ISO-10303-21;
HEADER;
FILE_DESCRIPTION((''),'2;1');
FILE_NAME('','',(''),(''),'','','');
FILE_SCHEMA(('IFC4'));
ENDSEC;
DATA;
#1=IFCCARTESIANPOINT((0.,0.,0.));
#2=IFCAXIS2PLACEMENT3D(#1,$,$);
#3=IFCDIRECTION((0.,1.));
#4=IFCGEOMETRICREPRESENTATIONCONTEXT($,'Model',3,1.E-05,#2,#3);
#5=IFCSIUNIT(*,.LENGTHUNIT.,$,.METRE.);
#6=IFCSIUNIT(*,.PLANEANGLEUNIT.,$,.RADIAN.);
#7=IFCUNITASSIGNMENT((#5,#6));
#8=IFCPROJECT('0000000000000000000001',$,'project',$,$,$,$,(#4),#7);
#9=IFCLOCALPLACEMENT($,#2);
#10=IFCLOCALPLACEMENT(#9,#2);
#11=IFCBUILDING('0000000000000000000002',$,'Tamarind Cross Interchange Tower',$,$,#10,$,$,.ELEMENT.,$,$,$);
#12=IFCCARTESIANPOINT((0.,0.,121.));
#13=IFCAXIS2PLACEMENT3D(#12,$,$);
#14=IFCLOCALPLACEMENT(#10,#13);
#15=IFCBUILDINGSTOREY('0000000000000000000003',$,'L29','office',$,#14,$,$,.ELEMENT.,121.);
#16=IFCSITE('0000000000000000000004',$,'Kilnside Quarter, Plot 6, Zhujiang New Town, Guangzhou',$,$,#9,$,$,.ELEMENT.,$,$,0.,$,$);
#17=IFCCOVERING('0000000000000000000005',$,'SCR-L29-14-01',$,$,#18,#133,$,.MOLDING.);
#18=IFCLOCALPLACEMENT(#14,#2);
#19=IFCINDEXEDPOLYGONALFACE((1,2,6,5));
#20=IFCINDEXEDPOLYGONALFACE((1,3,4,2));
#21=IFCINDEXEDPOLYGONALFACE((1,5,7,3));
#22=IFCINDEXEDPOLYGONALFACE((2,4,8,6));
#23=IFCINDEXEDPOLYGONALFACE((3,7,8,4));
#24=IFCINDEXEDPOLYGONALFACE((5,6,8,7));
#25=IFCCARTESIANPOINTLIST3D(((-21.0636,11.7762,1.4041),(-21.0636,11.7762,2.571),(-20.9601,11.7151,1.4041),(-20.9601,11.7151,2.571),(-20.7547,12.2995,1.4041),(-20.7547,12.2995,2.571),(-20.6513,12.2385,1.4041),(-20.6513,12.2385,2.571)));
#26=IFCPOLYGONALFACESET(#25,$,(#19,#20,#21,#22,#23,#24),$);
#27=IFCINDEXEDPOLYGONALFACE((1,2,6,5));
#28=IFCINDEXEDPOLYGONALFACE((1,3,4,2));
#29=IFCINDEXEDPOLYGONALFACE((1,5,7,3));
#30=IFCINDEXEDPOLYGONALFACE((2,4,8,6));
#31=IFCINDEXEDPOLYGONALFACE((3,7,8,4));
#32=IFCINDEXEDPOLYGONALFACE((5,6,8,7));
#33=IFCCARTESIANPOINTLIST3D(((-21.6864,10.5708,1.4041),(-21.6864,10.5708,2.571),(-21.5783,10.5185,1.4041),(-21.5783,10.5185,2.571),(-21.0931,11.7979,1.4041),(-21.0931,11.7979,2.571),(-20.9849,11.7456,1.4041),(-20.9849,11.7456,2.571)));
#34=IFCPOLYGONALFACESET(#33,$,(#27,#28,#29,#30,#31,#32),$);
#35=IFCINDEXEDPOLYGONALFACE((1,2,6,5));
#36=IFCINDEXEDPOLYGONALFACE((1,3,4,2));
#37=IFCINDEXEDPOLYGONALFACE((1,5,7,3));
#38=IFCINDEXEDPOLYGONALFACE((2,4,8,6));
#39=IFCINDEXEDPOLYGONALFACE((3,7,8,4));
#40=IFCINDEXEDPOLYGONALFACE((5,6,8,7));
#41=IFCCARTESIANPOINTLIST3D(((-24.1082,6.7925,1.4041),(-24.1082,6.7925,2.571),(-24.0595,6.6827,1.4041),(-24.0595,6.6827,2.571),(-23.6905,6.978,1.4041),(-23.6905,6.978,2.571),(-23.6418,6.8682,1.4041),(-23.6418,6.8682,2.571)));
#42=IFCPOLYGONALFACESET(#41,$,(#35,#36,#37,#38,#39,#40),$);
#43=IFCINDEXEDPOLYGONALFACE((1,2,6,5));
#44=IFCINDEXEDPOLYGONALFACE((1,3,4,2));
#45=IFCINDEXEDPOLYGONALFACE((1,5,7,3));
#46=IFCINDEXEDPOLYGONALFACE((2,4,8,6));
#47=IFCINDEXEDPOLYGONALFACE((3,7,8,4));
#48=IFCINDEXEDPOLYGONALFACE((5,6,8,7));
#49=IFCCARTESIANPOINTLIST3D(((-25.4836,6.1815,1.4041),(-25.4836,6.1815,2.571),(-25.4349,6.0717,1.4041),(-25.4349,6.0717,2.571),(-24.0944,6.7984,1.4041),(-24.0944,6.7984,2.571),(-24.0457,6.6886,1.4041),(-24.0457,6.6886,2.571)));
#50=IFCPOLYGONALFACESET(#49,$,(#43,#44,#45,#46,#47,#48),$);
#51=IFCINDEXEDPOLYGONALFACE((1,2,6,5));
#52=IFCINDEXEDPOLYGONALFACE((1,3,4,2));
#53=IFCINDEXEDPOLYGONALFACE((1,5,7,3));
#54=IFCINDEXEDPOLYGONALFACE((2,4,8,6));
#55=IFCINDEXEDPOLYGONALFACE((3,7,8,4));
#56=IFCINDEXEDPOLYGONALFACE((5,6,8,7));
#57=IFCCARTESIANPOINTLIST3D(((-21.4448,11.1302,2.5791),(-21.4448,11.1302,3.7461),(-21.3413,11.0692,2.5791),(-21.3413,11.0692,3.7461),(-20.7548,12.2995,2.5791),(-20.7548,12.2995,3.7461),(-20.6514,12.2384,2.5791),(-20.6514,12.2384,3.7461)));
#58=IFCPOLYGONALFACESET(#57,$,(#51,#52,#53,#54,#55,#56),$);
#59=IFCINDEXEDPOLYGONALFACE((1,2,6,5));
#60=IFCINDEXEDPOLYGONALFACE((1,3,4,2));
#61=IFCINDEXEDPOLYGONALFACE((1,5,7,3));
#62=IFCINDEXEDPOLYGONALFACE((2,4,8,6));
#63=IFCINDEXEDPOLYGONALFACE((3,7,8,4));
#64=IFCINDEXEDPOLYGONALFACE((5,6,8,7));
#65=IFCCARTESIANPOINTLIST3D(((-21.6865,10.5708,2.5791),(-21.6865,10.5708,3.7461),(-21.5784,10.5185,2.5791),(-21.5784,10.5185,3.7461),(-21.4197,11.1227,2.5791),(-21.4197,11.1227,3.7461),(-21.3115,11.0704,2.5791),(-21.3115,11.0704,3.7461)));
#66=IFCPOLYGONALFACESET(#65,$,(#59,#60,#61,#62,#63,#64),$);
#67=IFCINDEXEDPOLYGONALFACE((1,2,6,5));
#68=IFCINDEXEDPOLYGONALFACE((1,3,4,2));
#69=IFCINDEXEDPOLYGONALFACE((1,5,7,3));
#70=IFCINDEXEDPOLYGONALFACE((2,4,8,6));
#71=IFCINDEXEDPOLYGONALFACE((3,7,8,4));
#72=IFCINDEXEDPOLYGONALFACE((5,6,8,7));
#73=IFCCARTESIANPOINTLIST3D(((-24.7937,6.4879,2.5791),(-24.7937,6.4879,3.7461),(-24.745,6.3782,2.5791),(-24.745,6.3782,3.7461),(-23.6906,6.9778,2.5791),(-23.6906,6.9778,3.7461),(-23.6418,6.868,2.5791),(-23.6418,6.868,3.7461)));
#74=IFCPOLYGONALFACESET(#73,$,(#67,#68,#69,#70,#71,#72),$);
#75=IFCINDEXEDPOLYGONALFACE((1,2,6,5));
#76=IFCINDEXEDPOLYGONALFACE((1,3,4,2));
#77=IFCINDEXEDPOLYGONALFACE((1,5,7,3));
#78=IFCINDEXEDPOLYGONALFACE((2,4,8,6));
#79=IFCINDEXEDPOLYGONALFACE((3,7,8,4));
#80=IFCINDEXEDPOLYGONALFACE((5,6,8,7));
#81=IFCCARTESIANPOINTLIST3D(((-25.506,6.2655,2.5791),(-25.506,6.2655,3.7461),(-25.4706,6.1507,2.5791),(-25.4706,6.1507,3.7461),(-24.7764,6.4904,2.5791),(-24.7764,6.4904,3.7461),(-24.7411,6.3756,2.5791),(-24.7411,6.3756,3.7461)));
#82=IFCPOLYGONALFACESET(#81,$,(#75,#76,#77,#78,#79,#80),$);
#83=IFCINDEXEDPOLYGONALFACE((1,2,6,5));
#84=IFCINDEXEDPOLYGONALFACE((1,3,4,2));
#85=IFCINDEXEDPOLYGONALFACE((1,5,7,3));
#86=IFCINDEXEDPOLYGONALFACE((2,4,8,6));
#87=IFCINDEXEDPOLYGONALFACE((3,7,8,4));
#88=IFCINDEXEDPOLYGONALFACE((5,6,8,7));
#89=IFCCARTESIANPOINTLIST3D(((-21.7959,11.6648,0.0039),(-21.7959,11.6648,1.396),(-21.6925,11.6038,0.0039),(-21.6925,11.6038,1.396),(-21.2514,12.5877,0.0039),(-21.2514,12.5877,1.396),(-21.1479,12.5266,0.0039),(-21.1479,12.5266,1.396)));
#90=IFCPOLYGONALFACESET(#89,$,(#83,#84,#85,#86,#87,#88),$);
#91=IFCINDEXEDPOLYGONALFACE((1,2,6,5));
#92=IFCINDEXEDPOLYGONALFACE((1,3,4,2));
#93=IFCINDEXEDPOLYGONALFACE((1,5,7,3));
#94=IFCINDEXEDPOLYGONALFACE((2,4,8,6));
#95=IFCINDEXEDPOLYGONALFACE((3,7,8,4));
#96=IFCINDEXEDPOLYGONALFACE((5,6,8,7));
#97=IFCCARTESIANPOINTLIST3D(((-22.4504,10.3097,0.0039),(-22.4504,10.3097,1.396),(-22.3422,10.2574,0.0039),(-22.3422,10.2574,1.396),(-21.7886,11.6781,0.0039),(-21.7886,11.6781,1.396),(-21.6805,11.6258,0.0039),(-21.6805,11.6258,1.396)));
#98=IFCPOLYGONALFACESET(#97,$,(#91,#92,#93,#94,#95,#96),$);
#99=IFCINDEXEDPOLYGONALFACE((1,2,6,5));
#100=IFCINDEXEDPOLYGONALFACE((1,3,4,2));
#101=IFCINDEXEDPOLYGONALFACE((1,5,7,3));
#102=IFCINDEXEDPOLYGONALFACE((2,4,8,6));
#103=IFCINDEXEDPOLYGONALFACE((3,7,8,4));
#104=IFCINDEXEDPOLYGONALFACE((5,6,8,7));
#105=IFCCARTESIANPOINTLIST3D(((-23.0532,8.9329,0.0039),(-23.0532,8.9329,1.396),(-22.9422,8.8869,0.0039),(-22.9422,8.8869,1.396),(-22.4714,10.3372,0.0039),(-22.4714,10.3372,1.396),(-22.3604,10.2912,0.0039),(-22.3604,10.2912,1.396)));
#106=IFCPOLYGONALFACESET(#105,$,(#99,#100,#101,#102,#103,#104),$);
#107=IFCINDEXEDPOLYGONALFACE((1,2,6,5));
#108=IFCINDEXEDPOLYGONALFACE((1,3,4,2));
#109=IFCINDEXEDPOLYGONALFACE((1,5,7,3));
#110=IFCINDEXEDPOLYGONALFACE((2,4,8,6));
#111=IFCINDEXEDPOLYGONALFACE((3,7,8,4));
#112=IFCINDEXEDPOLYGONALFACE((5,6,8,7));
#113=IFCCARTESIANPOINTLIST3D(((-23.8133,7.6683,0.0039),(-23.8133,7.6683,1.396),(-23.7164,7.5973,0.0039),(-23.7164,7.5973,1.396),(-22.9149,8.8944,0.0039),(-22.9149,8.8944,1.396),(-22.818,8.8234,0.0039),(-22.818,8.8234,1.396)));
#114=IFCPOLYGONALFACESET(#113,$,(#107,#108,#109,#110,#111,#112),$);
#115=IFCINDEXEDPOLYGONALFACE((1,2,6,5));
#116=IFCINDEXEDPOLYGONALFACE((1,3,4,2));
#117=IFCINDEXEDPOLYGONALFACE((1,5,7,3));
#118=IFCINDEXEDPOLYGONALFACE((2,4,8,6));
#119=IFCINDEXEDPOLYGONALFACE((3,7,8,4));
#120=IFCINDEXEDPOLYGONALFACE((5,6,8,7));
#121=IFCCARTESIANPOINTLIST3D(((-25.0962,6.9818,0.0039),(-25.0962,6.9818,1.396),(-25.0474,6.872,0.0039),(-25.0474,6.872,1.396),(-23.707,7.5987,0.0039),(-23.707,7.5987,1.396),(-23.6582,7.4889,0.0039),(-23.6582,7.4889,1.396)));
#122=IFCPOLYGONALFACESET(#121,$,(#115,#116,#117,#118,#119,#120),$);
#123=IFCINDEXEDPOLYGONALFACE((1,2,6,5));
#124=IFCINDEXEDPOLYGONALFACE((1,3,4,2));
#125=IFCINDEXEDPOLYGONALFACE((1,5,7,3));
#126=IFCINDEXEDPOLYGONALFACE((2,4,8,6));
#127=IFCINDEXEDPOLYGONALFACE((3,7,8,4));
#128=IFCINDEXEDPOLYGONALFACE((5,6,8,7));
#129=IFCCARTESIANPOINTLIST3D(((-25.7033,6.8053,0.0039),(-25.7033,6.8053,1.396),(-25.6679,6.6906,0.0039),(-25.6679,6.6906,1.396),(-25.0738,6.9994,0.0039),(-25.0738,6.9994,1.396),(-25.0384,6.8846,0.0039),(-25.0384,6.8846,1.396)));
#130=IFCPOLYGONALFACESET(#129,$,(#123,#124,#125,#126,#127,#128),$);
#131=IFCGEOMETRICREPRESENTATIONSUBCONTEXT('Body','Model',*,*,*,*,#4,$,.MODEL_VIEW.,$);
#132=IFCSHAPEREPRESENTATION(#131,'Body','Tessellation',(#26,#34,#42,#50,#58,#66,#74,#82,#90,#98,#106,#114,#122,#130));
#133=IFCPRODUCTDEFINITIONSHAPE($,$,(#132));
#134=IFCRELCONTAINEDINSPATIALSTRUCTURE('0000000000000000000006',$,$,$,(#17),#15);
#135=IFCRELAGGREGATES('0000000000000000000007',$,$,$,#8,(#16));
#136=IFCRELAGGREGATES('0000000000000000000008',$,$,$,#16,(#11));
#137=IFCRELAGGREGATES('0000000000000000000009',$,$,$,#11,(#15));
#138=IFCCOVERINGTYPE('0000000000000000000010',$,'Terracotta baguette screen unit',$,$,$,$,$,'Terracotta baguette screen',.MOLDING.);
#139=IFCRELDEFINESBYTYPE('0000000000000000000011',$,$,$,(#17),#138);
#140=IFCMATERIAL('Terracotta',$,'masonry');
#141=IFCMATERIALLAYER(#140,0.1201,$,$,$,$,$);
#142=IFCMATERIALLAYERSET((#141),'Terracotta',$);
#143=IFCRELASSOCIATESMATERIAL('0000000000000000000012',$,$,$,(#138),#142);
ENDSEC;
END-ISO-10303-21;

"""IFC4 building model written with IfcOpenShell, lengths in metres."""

from ifc_helpers import new_model, si_unit, direction, frame, origin, origin_2d, place, context, subcontext, project, spatial, rectangle, extrude, material, layer, layer_set, type_object, element, save


model = new_model("IFC4")

# Units and contexts
model_context = context("Model", 3, precision=1e-05, world=origin(), true_north=direction((0.0, 1.0)))
body_context = subcontext(model_context, "Body", "Model", "MODEL_VIEW")
ifc_project = project(units=[si_unit("LENGTHUNIT", "METRE"), si_unit("PLANEANGLEUNIT", "RADIAN")], contexts=[model_context])

# Site, building, storey
site_placement = place(None, origin())
site = spatial("IfcSite", under=ifc_project, at=site_placement, Name="Kilnside Quarter, Plot 6, Zhujiang New Town, Guangzhou", CompositionType="ELEMENT", RefElevation=0.0)
building_placement = place(site_placement, origin())
building = spatial("IfcBuilding", under=site, at=building_placement, Name="Tamarind Cross Interchange Tower", CompositionType="ELEMENT")
storey_placement = place(building_placement, frame((0.0, 0.0, 121.0)))
storey = spatial("IfcBuildingStorey", under=building, at=storey_placement, Name="L29", Description="office", CompositionType="ELEMENT", Elevation=121.0)

# Covering
ifc_material_1 = material(Name="Terracotta", Category="masonry")
ifc_layer_1 = layer(ifc_material_1, 0.1201)
ifc_layer_set_1 = layer_set([ifc_layer_1], Name="Terracotta")
covering_type = type_object("IfcCoveringType", Name="Terracotta baguette screen unit", ElementType="Terracotta baguette screen", PredefinedType="MOLDING", material=ifc_layer_set_1)
covering_1_placement = place(storey_placement, origin())
element("IfcCovering", 1, at=covering_1_placement, inside=storey, type_object=covering_type, Name="SCR-L29-14-01", PredefinedType="MOLDING", context=body_context, shape_type="SweptSolid", body=[
    extrude(rectangle(XDim=0.6077, YDim=0.1201, at=origin_2d()), frame((-20.8574, 12.0073, 1.4041), z_axis=(0.0, 0.0, 1.0), x_axis=(-0.508183, -0.861249, 0.0)), (0.0, 0.0, 1.0), 1.167),
    extrude(rectangle(XDim=1.363, YDim=0.1201, at=origin_2d()), frame((-21.3357, 11.1582, 1.4041), z_axis=(0.0, 0.0, 1.0), x_axis=(-0.435326, -0.900273, 0.0)), (0.0, 0.0, 1.0), 1.167),
    extrude(rectangle(XDim=0.457, YDim=0.1201, at=origin_2d()), frame((-23.875, 6.8303, 1.4041), z_axis=(0.0, 0.0, 1.0), x_axis=(-0.913944, -0.405841, 0.0)), (0.0, 0.0, 1.0), 1.167),
    extrude(rectangle(XDim=1.52, YDim=0.1201, at=origin_2d()), frame((-24.7646, 6.4351, 1.4041), z_axis=(0.0, 0.0, 1.0), x_axis=(-0.913944, -0.405841, 0.0)), (0.0, 0.0, 1.0), 1.167),
    extrude(rectangle(XDim=1.3577, YDim=0.1201, at=origin_2d()), frame((-21.0481, 11.6843, 2.5791), z_axis=(0.0, 0.0, 1.0), x_axis=(-0.508183, -0.861249, 0.0)), (0.0, 0.0, 1.0), 1.167),
    extrude(rectangle(XDim=0.613, YDim=0.1201, at=origin_2d()), frame((-21.499, 10.8206, 2.5791), z_axis=(0.0, 0.0, 1.0), x_axis=(-0.435326, -0.900273, 0.0)), (0.0, 0.0, 1.0), 1.167),
    extrude(rectangle(XDim=1.207, YDim=0.1201, at=origin_2d()), frame((-24.2178, 6.678, 2.5791), z_axis=(0.0, 0.0, 1.0), x_axis=(-0.913944, -0.405841, 0.0)), (0.0, 0.0, 1.0), 1.167),
    extrude(rectangle(XDim=0.7634, YDim=0.1201, at=origin_2d()), frame((-25.1235, 6.3206, 2.5791), z_axis=(0.0, 0.0, 1.0), x_axis=(-0.955629, -0.294573, 0.0)), (0.0, 0.0, 1.0), 1.167),
    extrude(rectangle(XDim=1.0715, YDim=0.1201, at=origin_2d()), frame((-21.4719, 12.0957, 0.0039), z_axis=(0.0, 0.0, 1.0), x_axis=(-0.508183, -0.861249, 0.0)), (0.0, 0.0, 1.0), 1.3921),
    extrude(rectangle(XDim=1.52, YDim=0.1201, at=origin_2d()), frame((-22.0654, 10.9678, 0.0039), z_axis=(0.0, 0.0, 1.0), x_axis=(-0.435326, -0.900273, 0.0)), (0.0, 0.0, 1.0), 1.3921),
    extrude(rectangle(XDim=1.52, YDim=0.1201, at=origin_2d()), frame((-22.7068, 9.6121, 0.0039), z_axis=(0.0, 0.0, 1.0), x_axis=(-0.382773, -0.923842, 0.0)), (0.0, 0.0, 1.0), 1.3921),
    extrude(rectangle(XDim=1.52, YDim=0.1201, at=origin_2d()), frame((-23.3157, 8.2458, 0.0039), z_axis=(0.0, 0.0, 1.0), x_axis=(-0.591017, -0.806659, 0.0)), (0.0, 0.0, 1.0), 1.3921),
    extrude(rectangle(XDim=1.52, YDim=0.1201, at=origin_2d()), frame((-24.3772, 7.2354, 0.0039), z_axis=(0.0, 0.0, 1.0), x_axis=(-0.913944, -0.405841, 0.0)), (0.0, 0.0, 1.0), 1.3921),
    extrude(rectangle(XDim=0.6587, YDim=0.1201, at=origin_2d()), frame((-25.3708, 6.845, 0.0039), z_axis=(0.0, 0.0, 1.0), x_axis=(-0.955629, -0.294573, 0.0)), (0.0, 0.0, 1.0), 1.3921),
])

save(model, "model.ifc")
